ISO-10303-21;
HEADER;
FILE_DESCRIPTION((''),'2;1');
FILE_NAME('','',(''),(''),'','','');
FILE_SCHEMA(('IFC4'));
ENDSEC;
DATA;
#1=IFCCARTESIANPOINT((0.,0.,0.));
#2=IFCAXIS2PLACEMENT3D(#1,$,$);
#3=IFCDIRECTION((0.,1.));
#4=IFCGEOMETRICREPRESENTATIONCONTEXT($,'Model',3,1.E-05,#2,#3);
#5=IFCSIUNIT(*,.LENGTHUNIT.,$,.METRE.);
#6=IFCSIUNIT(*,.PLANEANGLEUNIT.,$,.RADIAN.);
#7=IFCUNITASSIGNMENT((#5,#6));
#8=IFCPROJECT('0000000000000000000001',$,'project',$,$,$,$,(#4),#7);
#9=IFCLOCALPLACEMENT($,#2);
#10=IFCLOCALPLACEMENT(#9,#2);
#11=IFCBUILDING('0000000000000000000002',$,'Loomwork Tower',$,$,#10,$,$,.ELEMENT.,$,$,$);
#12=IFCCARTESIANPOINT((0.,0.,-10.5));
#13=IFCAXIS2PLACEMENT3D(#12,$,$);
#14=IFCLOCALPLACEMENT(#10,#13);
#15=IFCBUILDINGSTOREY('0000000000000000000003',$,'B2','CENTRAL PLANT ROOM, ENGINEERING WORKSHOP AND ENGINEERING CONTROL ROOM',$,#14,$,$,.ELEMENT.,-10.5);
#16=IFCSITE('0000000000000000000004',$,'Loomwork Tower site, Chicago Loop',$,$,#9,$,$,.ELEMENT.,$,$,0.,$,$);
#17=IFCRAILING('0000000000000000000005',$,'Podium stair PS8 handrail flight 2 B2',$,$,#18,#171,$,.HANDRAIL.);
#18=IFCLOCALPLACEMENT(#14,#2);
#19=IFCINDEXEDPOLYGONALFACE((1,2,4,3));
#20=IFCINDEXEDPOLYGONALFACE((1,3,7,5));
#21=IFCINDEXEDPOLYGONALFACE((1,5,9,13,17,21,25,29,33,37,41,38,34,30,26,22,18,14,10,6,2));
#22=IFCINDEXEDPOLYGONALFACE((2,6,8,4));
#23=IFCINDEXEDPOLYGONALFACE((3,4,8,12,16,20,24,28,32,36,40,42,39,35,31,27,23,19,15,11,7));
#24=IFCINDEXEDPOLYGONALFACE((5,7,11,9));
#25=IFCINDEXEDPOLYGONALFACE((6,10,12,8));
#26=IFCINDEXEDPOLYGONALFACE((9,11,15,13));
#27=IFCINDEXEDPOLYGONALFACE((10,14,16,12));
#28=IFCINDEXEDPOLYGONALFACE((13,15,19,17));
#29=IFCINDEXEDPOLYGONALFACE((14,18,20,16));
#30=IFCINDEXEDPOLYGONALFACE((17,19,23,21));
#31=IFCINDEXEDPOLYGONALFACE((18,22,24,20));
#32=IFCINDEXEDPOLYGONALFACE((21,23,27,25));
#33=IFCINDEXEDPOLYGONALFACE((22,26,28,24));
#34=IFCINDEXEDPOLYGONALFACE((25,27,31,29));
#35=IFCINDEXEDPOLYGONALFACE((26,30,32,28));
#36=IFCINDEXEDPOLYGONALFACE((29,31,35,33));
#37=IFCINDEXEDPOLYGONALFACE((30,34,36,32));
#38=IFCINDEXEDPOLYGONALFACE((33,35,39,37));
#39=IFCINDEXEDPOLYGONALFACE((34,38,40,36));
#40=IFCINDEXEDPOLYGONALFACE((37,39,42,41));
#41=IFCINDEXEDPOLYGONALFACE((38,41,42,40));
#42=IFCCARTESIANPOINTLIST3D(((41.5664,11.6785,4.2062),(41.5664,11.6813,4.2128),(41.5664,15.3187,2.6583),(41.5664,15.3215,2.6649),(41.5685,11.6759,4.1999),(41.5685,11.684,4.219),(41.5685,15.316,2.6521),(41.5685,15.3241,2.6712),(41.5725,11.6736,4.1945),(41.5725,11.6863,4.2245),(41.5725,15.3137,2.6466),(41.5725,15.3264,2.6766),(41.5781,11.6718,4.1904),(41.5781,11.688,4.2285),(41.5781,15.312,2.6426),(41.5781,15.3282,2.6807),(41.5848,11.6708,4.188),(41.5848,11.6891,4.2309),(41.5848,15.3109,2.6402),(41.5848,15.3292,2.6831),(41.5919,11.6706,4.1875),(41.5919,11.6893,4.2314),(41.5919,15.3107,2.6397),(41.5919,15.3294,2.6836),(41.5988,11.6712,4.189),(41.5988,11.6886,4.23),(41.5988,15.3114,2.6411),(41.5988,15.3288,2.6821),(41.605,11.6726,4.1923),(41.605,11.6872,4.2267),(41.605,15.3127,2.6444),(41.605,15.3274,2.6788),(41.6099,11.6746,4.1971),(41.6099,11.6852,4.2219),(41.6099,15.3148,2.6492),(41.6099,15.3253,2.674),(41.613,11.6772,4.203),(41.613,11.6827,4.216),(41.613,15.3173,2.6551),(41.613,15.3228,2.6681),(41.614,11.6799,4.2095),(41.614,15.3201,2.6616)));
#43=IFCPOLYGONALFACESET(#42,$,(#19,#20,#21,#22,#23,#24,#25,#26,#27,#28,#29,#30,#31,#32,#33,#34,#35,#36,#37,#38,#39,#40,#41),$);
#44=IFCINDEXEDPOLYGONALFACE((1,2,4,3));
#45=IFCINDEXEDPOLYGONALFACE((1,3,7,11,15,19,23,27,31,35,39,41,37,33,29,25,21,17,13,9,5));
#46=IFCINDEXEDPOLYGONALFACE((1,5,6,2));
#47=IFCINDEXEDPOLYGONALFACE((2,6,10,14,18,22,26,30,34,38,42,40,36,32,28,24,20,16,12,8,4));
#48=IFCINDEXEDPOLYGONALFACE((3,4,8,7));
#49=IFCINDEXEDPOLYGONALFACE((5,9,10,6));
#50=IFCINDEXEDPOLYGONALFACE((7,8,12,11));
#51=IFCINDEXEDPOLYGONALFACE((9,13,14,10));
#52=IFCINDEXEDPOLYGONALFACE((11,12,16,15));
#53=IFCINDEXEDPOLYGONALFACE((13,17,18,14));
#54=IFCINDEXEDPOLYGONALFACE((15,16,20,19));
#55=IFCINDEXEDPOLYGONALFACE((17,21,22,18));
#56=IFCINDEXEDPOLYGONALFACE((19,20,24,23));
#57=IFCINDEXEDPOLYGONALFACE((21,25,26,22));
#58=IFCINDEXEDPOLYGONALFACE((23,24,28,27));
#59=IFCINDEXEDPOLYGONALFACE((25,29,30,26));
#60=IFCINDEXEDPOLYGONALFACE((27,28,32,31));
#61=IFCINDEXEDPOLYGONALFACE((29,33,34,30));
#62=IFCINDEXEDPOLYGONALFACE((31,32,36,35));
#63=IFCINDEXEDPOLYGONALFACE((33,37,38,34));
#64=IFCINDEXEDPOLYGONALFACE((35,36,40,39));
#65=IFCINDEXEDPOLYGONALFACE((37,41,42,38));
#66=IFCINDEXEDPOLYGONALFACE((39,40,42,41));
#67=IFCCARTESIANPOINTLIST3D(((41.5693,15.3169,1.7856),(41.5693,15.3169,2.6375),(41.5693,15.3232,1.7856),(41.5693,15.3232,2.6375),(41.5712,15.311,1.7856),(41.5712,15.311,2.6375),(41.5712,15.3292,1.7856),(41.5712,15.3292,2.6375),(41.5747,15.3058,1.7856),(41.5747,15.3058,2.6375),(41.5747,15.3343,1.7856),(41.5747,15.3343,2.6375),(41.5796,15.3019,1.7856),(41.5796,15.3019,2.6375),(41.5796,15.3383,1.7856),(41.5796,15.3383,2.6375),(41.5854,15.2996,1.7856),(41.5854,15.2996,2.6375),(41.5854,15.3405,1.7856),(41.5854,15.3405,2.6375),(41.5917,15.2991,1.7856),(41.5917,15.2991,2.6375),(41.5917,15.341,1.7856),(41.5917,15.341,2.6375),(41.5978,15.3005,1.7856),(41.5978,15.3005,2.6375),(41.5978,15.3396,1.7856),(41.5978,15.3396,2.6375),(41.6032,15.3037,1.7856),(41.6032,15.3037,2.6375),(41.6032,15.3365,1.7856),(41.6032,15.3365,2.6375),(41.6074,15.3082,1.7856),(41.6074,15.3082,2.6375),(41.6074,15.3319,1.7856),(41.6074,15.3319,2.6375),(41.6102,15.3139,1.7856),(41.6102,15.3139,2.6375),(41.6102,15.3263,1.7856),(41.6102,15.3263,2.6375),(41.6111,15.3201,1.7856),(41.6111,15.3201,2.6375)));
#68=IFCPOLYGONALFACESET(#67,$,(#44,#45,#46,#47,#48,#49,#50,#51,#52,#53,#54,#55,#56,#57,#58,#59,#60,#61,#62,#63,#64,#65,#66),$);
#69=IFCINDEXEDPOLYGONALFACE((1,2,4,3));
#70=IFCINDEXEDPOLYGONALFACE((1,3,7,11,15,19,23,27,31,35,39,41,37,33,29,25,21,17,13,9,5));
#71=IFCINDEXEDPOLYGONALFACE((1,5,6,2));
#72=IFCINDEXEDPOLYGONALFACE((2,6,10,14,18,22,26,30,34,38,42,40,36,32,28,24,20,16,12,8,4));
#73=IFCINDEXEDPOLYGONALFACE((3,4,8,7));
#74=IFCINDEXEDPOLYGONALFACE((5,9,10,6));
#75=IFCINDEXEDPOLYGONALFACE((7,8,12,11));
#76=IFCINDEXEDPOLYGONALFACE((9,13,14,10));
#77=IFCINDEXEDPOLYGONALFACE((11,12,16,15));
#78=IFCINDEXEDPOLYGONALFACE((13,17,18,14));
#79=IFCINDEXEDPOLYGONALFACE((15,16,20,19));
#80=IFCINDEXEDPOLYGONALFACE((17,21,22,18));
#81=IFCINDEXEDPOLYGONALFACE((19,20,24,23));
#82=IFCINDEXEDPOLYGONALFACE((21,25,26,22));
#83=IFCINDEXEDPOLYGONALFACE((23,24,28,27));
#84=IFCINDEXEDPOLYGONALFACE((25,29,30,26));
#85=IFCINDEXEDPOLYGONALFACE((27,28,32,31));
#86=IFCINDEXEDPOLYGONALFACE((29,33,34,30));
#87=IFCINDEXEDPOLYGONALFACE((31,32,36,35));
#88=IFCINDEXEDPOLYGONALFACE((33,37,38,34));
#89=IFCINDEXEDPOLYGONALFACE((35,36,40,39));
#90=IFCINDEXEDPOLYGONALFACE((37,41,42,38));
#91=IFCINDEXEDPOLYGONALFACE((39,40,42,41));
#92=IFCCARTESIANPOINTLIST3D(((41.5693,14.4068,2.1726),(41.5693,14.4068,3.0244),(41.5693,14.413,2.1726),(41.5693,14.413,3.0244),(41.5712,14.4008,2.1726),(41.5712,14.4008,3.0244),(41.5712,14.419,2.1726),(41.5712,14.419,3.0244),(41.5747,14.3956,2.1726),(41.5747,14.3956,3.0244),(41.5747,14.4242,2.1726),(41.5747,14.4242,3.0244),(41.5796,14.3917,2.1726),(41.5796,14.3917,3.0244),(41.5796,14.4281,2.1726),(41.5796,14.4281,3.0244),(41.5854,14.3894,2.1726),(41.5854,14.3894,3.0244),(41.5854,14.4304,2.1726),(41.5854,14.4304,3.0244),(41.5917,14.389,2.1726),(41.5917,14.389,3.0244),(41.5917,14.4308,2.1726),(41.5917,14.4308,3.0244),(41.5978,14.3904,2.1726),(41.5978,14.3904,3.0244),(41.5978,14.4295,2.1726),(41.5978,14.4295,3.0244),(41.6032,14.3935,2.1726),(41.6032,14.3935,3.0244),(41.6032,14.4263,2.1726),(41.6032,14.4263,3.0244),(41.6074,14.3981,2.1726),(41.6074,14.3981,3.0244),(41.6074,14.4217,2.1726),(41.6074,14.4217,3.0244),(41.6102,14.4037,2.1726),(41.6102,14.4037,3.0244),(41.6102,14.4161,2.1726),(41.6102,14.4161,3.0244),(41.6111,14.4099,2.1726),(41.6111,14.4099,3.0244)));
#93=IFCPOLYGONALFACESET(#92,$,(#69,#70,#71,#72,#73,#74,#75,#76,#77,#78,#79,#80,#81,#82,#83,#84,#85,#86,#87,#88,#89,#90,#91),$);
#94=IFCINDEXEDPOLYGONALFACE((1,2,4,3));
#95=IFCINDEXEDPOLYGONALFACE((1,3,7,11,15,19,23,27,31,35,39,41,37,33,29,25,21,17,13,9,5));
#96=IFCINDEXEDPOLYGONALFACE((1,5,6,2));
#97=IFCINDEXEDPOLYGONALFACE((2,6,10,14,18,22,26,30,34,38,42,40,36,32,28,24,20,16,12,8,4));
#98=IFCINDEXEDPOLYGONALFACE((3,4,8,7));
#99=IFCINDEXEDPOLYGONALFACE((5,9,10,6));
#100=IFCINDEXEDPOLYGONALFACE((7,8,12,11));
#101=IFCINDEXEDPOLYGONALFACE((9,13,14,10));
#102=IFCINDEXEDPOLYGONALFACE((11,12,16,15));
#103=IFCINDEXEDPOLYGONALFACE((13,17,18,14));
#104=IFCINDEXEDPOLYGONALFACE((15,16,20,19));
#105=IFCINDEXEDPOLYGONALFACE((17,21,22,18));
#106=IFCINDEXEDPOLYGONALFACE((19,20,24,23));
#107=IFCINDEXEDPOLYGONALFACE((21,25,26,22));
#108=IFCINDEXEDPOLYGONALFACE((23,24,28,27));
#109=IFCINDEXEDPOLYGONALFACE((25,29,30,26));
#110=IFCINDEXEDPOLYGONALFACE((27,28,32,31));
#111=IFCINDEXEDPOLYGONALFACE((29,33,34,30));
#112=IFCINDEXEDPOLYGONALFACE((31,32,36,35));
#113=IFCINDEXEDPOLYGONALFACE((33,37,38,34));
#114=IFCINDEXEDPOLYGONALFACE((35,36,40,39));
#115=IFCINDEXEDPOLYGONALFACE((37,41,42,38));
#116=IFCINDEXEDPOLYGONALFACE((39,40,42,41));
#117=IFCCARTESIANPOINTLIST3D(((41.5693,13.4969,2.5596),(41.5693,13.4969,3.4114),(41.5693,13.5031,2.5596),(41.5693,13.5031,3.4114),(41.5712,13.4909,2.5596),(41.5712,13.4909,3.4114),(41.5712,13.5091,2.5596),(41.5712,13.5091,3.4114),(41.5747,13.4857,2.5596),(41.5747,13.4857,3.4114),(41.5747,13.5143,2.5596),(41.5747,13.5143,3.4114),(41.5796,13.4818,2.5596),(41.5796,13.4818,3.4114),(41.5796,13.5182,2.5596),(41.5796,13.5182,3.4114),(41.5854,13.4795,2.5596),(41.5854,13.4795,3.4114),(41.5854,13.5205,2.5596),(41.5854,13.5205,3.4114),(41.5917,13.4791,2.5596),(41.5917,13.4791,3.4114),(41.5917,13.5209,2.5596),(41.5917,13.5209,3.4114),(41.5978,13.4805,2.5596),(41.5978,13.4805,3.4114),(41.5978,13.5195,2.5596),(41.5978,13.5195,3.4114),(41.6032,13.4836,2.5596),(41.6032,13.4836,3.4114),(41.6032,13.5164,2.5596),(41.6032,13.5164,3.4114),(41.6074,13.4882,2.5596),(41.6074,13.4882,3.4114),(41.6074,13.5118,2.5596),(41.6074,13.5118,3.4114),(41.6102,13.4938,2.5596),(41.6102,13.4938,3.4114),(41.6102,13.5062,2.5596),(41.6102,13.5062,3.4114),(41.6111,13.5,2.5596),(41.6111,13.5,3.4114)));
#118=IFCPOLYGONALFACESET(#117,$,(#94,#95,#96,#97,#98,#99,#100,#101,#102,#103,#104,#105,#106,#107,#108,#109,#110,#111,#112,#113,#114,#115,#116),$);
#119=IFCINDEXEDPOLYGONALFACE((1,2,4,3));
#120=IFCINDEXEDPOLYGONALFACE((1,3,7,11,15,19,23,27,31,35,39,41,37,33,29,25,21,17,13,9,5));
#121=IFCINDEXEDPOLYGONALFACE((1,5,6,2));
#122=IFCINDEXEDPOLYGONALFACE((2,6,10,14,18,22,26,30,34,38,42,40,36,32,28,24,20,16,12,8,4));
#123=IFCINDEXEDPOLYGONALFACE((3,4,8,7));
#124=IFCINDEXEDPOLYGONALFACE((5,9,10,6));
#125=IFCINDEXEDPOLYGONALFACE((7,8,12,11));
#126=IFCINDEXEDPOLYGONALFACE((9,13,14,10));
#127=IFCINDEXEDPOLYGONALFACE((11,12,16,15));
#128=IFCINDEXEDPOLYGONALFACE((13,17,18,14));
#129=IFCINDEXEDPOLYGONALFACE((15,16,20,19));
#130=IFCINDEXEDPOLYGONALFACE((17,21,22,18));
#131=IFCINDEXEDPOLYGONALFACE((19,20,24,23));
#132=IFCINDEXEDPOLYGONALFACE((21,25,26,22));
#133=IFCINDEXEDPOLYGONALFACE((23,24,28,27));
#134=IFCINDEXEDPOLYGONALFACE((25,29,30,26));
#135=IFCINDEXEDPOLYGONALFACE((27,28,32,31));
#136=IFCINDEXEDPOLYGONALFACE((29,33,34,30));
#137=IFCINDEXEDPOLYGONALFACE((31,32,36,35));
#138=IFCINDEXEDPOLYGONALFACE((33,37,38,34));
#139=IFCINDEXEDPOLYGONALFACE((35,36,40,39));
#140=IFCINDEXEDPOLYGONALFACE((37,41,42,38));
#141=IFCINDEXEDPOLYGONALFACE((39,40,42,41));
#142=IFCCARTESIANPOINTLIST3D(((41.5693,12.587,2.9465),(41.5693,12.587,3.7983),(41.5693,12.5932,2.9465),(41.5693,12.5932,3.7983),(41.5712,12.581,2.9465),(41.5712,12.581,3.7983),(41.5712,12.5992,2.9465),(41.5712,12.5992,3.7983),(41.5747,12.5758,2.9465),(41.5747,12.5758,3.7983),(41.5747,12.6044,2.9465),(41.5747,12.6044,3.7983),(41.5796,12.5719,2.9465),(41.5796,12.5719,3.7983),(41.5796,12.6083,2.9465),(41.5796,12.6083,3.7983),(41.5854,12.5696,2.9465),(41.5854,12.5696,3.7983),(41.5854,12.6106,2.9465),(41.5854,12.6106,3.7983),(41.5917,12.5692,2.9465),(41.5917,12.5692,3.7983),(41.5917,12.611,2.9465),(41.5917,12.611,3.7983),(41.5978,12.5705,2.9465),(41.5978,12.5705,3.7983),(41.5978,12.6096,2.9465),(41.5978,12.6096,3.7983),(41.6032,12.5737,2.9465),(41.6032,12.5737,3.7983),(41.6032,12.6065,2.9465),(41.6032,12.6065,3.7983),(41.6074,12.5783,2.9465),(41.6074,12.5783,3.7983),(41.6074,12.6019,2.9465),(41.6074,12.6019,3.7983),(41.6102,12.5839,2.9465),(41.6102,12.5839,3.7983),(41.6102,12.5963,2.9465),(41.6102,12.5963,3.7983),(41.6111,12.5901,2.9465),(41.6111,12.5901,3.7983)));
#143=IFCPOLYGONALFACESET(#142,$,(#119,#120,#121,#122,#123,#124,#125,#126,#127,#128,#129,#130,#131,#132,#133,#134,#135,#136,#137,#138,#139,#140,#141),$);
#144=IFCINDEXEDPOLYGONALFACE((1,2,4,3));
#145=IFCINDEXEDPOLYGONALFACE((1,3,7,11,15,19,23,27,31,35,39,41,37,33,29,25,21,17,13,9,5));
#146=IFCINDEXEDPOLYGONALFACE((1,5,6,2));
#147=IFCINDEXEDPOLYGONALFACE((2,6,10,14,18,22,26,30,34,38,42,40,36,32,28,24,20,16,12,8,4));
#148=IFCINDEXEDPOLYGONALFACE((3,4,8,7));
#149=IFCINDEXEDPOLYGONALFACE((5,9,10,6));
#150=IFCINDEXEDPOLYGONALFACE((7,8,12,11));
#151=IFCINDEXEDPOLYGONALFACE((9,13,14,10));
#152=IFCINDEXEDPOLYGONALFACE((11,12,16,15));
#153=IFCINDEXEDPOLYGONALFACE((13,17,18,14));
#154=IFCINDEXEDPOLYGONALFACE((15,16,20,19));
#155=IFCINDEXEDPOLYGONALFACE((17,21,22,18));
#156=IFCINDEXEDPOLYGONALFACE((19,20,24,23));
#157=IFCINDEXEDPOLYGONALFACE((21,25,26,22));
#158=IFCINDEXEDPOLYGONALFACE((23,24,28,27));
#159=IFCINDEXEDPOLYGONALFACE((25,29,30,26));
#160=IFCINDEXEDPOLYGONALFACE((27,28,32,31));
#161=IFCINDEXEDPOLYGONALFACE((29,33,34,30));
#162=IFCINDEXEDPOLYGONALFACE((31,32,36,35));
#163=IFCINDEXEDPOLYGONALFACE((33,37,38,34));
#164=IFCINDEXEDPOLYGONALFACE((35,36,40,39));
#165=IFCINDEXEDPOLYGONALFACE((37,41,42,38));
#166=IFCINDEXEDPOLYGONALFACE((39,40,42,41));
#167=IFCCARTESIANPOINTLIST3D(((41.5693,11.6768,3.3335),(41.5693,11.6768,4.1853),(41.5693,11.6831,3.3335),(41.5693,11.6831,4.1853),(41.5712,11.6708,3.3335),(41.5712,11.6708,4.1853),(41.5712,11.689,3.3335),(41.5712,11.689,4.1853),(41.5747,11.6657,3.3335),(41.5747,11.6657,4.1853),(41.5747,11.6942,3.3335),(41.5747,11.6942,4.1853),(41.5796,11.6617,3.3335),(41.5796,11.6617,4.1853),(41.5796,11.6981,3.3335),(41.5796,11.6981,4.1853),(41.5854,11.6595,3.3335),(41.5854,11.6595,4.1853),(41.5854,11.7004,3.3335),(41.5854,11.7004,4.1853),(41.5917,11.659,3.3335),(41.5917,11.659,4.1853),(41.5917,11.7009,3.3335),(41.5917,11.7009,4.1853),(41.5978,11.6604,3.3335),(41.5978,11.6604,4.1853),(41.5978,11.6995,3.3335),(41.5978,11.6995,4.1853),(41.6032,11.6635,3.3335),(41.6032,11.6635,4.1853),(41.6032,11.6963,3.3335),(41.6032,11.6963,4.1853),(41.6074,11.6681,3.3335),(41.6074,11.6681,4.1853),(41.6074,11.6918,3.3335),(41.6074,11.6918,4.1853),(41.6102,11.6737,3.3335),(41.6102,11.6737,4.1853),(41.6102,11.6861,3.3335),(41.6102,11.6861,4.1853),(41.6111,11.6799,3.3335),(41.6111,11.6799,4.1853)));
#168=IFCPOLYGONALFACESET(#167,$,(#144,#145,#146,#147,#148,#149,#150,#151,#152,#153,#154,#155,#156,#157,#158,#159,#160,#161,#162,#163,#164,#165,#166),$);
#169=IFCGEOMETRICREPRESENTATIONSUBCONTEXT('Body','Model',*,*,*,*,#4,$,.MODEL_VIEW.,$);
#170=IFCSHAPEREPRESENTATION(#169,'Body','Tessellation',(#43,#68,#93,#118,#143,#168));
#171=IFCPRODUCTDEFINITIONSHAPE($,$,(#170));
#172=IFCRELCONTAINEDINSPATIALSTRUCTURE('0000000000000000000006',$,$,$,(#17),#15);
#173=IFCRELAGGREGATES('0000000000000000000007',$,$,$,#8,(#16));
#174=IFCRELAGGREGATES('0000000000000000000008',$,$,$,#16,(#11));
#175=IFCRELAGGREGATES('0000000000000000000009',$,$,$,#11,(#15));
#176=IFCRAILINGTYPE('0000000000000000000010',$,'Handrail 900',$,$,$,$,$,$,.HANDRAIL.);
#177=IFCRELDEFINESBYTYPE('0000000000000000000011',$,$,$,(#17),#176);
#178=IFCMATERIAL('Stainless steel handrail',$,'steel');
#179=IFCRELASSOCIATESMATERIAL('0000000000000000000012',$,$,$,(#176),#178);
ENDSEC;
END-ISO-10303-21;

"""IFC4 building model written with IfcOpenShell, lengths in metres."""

from ifc_helpers import new_model, si_unit, direction, frame, origin, origin_2d, place, context, subcontext, project, spatial, circle, extrude, material, type_object, element, save


model = new_model("IFC4")

# Units and contexts
model_context = context("Model", 3, precision=1e-05, world=origin(), true_north=direction((0.0, 1.0)))
body_context = subcontext(model_context, "Body", "Model", "MODEL_VIEW")
ifc_project = project(units=[si_unit("LENGTHUNIT", "METRE"), si_unit("PLANEANGLEUNIT", "RADIAN")], contexts=[model_context])

# Site, building, storey
site_placement = place(None, origin())
site = spatial("IfcSite", under=ifc_project, at=site_placement, Name="Loomwork Tower site, Chicago Loop", CompositionType="ELEMENT", RefElevation=0.0)
building_placement = place(site_placement, origin())
building = spatial("IfcBuilding", under=site, at=building_placement, Name="Loomwork Tower", CompositionType="ELEMENT")
storey_placement = place(building_placement, frame((0.0, 0.0, -10.5)))
storey = spatial("IfcBuildingStorey", under=building, at=storey_placement, Name="B2", Description="CENTRAL PLANT ROOM, ENGINEERING WORKSHOP AND ENGINEERING CONTROL ROOM", CompositionType="ELEMENT", Elevation=-10.5)

# Railing
ifc_material_1 = material(Name="Stainless steel handrail", Category="steel")
railing_type = type_object("IfcRailingType", Name="Handrail 900", PredefinedType="HANDRAIL", material=ifc_material_1)
railing_1_placement = place(storey_placement, frame((41.5901, 15.3201, 1.7856)))
element("IfcRailing", 1, at=railing_1_placement, inside=storey, type_object=railing_type, Name="Podium stair PS8 handrail flight 2 B2", PredefinedType="HANDRAIL", context=body_context, shape_type="SweptSolid", body=[
    extrude(circle(Radius=0.0239, at=origin_2d()), frame((0.0, 0.0, 0.876), z_axis=(0.0, -0.920259, 0.391311), x_axis=(1.0, 0.0, 0.0)), (0.0, 0.0, 1.0), 3.9556),
    extrude(circle(Radius=0.021, at=origin_2d()), origin(), (0.0, 0.0, 1.0), 0.8518),
    extrude(circle(Radius=0.021, at=origin_2d()), frame((0.0, -0.9102, 0.387)), (0.0, 0.0, 1.0), 0.8518),
    extrude(circle(Radius=0.021, at=origin_2d()), frame((0.0, -1.8201, 0.7739)), (0.0, 0.0, 1.0), 0.8518),
    extrude(circle(Radius=0.021, at=origin_2d()), frame((0.0, -2.73, 1.1609)), (0.0, 0.0, 1.0), 0.8518),
    extrude(circle(Radius=0.021, at=origin_2d()), frame((0.0, -3.6401, 1.5479)), (0.0, 0.0, 1.0), 0.8518),
])

save(model, "model.ifc")
